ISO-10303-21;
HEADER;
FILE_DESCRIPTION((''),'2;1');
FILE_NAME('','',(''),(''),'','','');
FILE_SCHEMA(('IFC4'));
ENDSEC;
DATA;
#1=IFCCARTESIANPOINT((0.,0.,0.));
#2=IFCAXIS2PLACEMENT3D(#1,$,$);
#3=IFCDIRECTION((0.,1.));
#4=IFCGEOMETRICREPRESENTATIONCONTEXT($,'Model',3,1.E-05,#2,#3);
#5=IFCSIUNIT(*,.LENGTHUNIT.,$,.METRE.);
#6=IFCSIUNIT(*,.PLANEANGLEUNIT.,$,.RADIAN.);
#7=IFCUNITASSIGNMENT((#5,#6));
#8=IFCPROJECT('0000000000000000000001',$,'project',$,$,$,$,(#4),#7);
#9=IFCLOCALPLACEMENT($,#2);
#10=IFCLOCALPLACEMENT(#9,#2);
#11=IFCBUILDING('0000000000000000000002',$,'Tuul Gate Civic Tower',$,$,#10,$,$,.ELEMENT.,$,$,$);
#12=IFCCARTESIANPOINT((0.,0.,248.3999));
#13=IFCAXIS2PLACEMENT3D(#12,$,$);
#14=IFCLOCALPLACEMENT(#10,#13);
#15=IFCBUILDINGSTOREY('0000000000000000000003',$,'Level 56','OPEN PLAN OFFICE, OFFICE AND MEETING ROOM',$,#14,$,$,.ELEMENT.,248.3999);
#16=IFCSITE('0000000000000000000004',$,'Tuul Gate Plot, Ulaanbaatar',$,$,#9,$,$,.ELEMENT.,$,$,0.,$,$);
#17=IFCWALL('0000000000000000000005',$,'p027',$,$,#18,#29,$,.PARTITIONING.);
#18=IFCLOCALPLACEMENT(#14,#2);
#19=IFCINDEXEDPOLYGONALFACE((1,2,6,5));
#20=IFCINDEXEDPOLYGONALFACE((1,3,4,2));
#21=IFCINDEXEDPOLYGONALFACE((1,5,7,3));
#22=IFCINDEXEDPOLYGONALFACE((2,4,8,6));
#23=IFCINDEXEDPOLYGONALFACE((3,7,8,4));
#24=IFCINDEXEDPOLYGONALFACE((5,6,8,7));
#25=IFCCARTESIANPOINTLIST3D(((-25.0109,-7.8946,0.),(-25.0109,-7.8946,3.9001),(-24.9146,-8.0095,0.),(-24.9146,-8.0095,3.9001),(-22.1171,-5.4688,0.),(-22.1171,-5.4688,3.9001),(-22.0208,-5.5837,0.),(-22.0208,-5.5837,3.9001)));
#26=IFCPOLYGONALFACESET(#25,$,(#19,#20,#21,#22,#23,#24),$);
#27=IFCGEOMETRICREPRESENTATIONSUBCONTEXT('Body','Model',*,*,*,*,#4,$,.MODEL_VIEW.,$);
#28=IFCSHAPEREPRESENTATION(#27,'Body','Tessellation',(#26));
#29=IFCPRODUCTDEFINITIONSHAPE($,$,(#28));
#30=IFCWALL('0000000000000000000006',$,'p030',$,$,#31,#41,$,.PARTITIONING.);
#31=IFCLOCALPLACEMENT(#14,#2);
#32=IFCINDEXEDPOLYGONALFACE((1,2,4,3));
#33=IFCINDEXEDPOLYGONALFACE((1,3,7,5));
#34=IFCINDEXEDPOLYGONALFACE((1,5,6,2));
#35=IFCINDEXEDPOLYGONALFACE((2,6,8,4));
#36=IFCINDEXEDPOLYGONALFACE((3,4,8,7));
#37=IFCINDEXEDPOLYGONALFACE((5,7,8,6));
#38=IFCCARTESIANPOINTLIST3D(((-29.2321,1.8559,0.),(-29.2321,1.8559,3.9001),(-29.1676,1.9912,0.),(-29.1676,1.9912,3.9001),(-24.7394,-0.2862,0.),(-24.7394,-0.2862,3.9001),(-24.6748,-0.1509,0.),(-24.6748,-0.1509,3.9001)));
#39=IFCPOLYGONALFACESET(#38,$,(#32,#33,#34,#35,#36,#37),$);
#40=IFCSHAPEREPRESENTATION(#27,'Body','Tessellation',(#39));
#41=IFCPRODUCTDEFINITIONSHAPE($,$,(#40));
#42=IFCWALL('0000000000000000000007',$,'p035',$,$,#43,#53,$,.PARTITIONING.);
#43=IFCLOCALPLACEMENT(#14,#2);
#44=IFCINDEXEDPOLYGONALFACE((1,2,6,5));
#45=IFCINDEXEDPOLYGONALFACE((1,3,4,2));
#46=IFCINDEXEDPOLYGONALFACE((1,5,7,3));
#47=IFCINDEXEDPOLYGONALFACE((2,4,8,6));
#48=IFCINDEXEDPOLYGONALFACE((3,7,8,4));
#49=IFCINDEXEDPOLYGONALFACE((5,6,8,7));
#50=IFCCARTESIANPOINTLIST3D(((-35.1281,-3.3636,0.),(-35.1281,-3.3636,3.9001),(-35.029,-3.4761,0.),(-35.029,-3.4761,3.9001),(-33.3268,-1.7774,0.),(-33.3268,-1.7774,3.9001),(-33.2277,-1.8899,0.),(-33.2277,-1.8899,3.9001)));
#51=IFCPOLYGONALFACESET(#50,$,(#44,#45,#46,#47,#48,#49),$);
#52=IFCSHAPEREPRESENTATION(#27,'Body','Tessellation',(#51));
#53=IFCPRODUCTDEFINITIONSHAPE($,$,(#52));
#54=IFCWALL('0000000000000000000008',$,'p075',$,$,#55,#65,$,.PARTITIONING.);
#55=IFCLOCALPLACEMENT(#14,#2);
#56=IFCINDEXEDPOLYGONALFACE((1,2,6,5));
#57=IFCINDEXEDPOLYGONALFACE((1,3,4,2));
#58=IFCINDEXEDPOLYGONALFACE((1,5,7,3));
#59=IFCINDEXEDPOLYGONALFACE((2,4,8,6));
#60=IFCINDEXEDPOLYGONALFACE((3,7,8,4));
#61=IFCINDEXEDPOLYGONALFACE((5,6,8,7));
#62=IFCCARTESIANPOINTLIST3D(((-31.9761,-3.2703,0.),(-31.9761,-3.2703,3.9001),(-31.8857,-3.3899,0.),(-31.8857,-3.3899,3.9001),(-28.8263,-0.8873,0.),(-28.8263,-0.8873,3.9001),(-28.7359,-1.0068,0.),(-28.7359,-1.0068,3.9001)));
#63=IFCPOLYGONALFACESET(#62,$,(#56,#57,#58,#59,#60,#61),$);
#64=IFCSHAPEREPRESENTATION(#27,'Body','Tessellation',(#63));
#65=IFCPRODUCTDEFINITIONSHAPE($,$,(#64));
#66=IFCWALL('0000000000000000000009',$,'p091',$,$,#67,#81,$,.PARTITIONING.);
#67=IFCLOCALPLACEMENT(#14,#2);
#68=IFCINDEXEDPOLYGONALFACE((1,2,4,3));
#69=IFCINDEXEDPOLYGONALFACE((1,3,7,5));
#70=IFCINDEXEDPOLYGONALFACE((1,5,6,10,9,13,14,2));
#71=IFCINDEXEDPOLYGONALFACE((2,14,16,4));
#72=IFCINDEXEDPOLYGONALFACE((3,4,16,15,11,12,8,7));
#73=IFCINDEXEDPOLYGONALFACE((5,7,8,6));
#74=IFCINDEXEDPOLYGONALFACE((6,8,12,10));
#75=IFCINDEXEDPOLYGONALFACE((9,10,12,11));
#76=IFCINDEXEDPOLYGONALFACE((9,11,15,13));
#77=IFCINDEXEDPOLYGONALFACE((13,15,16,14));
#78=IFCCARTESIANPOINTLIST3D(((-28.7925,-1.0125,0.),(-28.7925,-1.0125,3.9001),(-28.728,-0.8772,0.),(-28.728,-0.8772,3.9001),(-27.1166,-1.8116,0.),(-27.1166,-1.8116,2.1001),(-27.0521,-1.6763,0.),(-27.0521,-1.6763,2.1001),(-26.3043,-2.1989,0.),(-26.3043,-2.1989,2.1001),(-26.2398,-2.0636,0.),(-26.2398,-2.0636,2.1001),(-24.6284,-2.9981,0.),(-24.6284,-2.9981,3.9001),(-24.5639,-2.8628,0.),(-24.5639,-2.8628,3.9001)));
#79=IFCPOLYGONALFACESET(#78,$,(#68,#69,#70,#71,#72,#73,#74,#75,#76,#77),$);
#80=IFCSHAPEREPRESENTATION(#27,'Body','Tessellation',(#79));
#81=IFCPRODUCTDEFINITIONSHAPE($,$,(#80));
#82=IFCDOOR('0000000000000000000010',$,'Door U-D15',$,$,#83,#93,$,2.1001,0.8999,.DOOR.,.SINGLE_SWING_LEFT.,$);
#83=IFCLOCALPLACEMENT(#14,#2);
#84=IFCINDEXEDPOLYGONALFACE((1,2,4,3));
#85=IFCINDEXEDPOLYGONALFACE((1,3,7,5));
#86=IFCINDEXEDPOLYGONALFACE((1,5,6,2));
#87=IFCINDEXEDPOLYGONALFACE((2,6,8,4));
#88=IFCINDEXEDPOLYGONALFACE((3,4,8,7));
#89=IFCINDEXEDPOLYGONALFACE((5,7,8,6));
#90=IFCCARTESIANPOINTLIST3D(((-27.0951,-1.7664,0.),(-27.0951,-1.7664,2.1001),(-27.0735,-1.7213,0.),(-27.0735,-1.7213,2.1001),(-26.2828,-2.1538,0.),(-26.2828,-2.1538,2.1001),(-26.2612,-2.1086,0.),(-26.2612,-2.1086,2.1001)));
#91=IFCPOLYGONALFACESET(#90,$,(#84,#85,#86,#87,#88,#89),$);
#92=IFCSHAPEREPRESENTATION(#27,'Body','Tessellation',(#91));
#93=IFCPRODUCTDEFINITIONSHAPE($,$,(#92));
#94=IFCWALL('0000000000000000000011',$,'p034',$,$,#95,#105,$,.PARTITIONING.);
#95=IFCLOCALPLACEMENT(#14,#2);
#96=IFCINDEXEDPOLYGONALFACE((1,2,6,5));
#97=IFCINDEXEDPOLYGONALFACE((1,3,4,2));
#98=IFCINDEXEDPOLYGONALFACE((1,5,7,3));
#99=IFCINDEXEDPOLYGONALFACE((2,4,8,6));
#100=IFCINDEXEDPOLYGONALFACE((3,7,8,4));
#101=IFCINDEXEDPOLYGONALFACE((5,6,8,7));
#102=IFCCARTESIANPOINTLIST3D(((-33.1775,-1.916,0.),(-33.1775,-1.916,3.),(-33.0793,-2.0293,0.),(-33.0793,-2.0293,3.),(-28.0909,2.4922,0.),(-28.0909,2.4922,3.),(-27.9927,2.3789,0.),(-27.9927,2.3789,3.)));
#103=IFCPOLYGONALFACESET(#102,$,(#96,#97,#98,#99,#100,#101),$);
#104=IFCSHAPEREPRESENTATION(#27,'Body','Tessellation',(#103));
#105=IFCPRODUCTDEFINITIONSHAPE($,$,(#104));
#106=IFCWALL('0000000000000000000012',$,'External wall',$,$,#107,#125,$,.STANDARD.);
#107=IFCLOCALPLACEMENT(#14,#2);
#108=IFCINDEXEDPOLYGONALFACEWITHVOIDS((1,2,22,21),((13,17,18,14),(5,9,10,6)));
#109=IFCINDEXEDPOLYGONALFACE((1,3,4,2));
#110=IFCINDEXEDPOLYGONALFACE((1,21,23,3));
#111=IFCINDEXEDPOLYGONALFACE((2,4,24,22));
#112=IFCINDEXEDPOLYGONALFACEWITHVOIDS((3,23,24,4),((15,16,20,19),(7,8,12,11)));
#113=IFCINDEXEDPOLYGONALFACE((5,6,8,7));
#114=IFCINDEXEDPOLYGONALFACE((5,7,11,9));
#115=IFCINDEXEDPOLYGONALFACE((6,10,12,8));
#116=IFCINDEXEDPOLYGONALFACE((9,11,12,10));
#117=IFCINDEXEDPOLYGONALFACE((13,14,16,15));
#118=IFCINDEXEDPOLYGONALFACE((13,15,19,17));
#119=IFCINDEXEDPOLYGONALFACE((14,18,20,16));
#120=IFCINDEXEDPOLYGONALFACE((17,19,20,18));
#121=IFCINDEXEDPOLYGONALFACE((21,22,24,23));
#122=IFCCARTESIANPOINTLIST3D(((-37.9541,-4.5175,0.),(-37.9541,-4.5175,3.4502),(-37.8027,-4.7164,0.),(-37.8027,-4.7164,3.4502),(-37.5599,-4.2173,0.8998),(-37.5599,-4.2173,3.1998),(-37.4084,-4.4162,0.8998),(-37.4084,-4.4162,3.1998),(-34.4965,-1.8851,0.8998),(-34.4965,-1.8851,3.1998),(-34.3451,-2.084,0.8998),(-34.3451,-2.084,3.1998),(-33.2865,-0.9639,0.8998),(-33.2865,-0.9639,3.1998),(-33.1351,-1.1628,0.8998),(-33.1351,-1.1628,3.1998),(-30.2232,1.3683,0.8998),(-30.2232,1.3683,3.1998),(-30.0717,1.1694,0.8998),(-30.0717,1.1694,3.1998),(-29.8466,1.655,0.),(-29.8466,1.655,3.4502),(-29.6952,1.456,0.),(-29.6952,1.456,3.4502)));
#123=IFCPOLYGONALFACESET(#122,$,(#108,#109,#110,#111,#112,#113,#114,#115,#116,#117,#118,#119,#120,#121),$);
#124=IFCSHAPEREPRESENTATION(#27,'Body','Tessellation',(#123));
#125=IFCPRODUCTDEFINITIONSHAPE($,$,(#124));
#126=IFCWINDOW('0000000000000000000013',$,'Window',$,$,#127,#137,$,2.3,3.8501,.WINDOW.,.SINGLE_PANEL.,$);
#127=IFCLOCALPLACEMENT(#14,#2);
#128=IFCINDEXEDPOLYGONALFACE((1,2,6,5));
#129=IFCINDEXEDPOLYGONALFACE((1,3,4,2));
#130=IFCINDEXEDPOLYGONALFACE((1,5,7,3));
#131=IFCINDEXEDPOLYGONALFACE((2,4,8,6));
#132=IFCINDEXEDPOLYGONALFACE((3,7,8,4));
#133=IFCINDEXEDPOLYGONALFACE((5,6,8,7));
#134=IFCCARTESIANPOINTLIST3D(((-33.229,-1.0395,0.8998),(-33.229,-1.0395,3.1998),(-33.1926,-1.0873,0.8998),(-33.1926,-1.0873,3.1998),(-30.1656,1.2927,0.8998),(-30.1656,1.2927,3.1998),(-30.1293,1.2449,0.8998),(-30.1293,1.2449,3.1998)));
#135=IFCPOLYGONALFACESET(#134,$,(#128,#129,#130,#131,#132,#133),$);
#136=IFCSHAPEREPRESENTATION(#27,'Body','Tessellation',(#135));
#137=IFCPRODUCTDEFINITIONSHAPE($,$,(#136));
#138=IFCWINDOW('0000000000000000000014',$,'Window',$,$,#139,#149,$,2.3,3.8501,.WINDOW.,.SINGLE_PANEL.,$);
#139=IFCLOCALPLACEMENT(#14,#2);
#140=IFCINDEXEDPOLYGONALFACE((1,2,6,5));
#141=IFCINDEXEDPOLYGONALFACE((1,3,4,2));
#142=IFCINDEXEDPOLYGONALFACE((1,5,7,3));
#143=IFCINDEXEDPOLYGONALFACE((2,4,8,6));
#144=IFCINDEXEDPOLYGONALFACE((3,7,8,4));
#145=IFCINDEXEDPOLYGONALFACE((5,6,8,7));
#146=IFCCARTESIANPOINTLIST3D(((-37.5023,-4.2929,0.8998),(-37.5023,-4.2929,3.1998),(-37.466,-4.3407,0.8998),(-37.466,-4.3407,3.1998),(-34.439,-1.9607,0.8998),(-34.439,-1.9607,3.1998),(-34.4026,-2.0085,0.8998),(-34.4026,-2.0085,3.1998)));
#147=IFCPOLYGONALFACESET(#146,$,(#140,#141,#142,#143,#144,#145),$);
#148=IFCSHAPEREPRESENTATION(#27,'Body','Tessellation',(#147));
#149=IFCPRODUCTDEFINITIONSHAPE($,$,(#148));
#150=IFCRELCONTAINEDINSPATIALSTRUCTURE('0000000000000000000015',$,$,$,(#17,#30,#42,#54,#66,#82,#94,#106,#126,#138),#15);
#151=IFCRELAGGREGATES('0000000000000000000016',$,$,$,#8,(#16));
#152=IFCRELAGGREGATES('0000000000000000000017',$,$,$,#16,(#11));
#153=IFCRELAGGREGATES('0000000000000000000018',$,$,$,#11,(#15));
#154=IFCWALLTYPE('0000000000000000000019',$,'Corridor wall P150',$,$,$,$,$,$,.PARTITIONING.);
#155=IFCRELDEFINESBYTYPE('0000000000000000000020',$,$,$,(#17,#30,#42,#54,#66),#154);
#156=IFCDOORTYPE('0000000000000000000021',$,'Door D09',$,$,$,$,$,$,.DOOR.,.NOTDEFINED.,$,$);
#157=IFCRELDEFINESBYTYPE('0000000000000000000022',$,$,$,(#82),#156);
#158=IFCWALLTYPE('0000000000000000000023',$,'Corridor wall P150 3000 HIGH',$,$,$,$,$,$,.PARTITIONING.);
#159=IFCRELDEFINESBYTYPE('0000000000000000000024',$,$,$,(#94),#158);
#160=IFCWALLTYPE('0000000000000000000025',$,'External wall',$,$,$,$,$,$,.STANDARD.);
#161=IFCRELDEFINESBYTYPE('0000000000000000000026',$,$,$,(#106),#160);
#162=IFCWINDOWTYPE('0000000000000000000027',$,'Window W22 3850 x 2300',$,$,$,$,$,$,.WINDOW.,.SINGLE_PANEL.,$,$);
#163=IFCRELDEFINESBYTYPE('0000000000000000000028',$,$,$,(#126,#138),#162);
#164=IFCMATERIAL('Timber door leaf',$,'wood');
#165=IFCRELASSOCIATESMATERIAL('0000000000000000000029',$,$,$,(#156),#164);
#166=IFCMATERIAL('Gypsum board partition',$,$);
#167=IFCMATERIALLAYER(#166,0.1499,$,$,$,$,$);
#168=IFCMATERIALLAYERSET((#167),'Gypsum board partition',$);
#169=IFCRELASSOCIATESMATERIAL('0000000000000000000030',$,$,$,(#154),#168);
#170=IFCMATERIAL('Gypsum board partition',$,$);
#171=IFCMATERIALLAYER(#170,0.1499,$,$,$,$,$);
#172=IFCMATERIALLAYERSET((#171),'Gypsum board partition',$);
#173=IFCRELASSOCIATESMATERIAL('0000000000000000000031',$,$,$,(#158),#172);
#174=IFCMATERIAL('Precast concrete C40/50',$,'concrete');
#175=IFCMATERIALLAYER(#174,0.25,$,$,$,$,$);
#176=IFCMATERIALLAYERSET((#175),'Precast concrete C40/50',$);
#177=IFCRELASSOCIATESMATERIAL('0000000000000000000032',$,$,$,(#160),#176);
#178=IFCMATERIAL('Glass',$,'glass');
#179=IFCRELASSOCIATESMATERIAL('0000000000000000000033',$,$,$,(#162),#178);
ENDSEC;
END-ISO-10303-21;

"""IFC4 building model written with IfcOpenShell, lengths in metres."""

from ifc_helpers import new_model, si_unit, direction, frame, frame_2d, origin, place, context, subcontext, project, spatial, rectangle, extrude, material, layer, layer_set, type_object, element, fill, save


model = new_model("IFC4")

# Units and contexts
model_context = context("Model", 3, precision=1e-05, world=origin(), true_north=direction((0.0, 1.0)))
body_context = subcontext(model_context, "Body", "Model", "MODEL_VIEW")
ifc_project = project(units=[si_unit("LENGTHUNIT", "METRE"), si_unit("PLANEANGLEUNIT", "RADIAN")], contexts=[model_context])

# Site, building, storey
site_placement = place(None, origin())
site = spatial("IfcSite", under=ifc_project, at=site_placement, Name="Tuul Gate Plot, Ulaanbaatar", CompositionType="ELEMENT", RefElevation=0.0)
building_placement = place(site_placement, origin())
building = spatial("IfcBuilding", under=site, at=building_placement, Name="Tuul Gate Civic Tower", CompositionType="ELEMENT")
storey_placement = place(building_placement, frame((0.0, 0.0, 248.3999)))
storey = spatial("IfcBuildingStorey", under=building, at=storey_placement, Name="Level 56", Description="OPEN PLAN OFFICE, OFFICE AND MEETING ROOM", CompositionType="ELEMENT", Elevation=248.3999)

# Shared definitions
ifc_material_1 = material(Name="Timber door leaf", Category="wood")
door_type_1 = type_object("IfcDoorType", Name="Door D09", OperationType="NOTDEFINED", PredefinedType="DOOR", material=ifc_material_1)

# Walls
ifc_material_2 = material(Name="Gypsum board partition")
ifc_layer_1 = layer(ifc_material_2, 0.1499)
ifc_layer_set_1 = layer_set([ifc_layer_1], Name="Gypsum board partition")
wall_type_1 = type_object("IfcWallType", Name="Corridor wall P150", PredefinedType="PARTITIONING", material=ifc_layer_set_1)
wall_1_placement = place(storey_placement, frame((-24.9629, -7.9521, 0.0), z_axis=(0.0, 0.0, 1.0), x_axis=(0.766358, 0.642414, 0.0)))
element("IfcWall", 1, at=wall_1_placement, inside=storey, type_object=wall_type_1, Name="p027", PredefinedType="PARTITIONING", context=body_context, shape_type="SweptSolid", body=[
    extrude(rectangle(XDim=3.7761, YDim=0.1499, at=frame_2d((1.8882, 0.0))), origin(), (0.0, 0.0, 1.0), 3.9001),
])
wall_2_placement = place(storey_placement, frame((-29.2, 1.9236, 0.0), z_axis=(0.0, 0.0, 1.0), x_axis=(0.902648, -0.430379, 0.0)))
element("IfcWall", 2, at=wall_2_placement, inside=storey, type_object=wall_type_1, Name="p030", PredefinedType="PARTITIONING", context=body_context, shape_type="SweptSolid", body=[
    extrude(rectangle(XDim=4.9773, YDim=0.1499, at=frame_2d((2.4888, 0.0))), origin(), (0.0, 0.0, 1.0), 3.9001),
])
wall_3_placement = place(storey_placement, frame((-35.0786, -3.4199, 0.0), z_axis=(0.0, 0.0, 1.0), x_axis=(0.750494, 0.660878, 0.0)))
element("IfcWall", 3, at=wall_3_placement, inside=storey, type_object=wall_type_1, Name="p035", PredefinedType="PARTITIONING", context=body_context, shape_type="SweptSolid", body=[
    extrude(rectangle(XDim=2.4001, YDim=0.1499, at=frame_2d((1.2002, 0.0))), origin(), (0.0, 0.0, 1.0), 3.9001),
])
wall_4_placement = place(storey_placement, frame((-31.9309, -3.3301, 0.0), z_axis=(0.0, 0.0, 1.0), x_axis=(0.797486, 0.603338, 0.0)))
element("IfcWall", 4, at=wall_4_placement, inside=storey, type_object=wall_type_1, Name="p075", PredefinedType="PARTITIONING", context=body_context, shape_type="SweptSolid", body=[
    extrude(rectangle(XDim=3.9497, YDim=0.1499, at=frame_2d((1.9749, 0.0))), origin(), (0.0, 0.0, 1.0), 3.9001),
])

# Wall, opening, door
wall_5_placement = place(storey_placement, frame((-28.7603, -0.9448, 0.0), z_axis=(0.0, 0.0, 1.0), x_axis=(0.902632, -0.430412, 0.0)))
wall_5 = element("IfcWall", 5, at=wall_5_placement, inside=storey, type_object=wall_type_1, Name="p091", PredefinedType="PARTITIONING", context=body_context, shape_type="SweptSolid", body=[
    extrude(rectangle(XDim=4.6133, YDim=0.1499, at=frame_2d((2.3066, 0.0))), origin(), (0.0, 0.0, 1.0), 3.9001),
])
opening_1_placement = place(wall_5_placement, frame((1.8567, 0.0, 0.0)))
opening_1 = element("IfcOpeningElement", 6, at=opening_1_placement, cuts=wall_5, PredefinedType="OPENING", context=body_context, shape_type="SweptSolid", body=[
    extrude(rectangle(XDim=0.8999, YDim=2.1001, at=frame_2d((0.45, 1.05))), frame((0.0, 0.085, 0.0), z_axis=(0.0, -1.0, 0.0), x_axis=(1.0, 0.0, 0.0)), (0.0, 0.0, 1.0), 0.1699),
])
door_1_placement = place(opening_1_placement, frame((0.8999, 0.0, 0.0), z_axis=(0.0, 0.0, 1.0), x_axis=(-1.0, 0.0, 0.0)))
door_1 = element("IfcDoor", 7, at=door_1_placement, inside=storey, type_object=door_type_1, Name="Door U-D15", OperationType="SINGLE_SWING_LEFT", OverallHeight=2.1001, OverallWidth=0.8999, PredefinedType="DOOR", context=body_context, shape_type="SweptSolid", body=[
    extrude(rectangle(XDim=0.8999, YDim=2.1001, at=frame_2d((0.45, 1.05))), frame((0.0, 0.0249, 0.0), z_axis=(0.0, -1.0, 0.0), x_axis=(1.0, 0.0, 0.0)), (0.0, 0.0, 1.0), 0.05),
])
fill(opening_1, door_1)

# Wall
ifc_material_3 = material(Name="Gypsum board partition")
ifc_layer_2 = layer(ifc_material_3, 0.1499)
ifc_layer_set_2 = layer_set([ifc_layer_2], Name="Gypsum board partition")
wall_type_2 = type_object("IfcWallType", Name="Corridor wall P150 3000 HIGH", PredefinedType="PARTITIONING", material=ifc_layer_set_2)
wall_6_placement = place(storey_placement, frame((-33.1284, -1.9727, 0.0), z_axis=(0.0, 0.0, 1.0), x_axis=(0.755707, 0.65491, 0.0)))
element("IfcWall", 8, at=wall_6_placement, inside=storey, type_object=wall_type_2, Name="p034", PredefinedType="PARTITIONING", context=body_context, shape_type="SweptSolid", body=[
    extrude(rectangle(XDim=6.731, YDim=0.1499, at=frame_2d((3.3655, 0.0))), origin(), (0.0, 0.0, 1.0), 3.0),
])

# Wall, openings, windows
ifc_material_4 = material(Name="Precast concrete C40/50", Category="concrete")
ifc_layer_3 = layer(ifc_material_4, 0.25)
ifc_layer_set_3 = layer_set([ifc_layer_3], Name="Precast concrete C40/50")
wall_type_3 = type_object("IfcWallType", Name="External wall", PredefinedType="STANDARD", material=ifc_layer_set_3)
wall_7_placement = place(storey_placement, frame((-29.771, 1.5554, 0.0), z_axis=(0.0, 0.0, 1.0), x_axis=(-0.795655, -0.60575, 0.0)))
wall_7 = element("IfcWall", 9, at=wall_7_placement, inside=storey, type_object=wall_type_3, Name="External wall", PredefinedType="STANDARD", context=body_context, shape_type="SweptSolid", body=[
    extrude(rectangle(XDim=10.1897, YDim=0.25, at=frame_2d((5.0947, 0.0))), origin(), (0.0, 0.0, 1.0), 3.4502),
])
opening_2_placement = place(wall_7_placement, frame((0.4731, 0.0, 0.8999)))
opening_2 = element("IfcOpeningElement", 10, at=opening_2_placement, cuts=wall_7, PredefinedType="OPENING", context=body_context, shape_type="SweptSolid", body=[
    extrude(rectangle(XDim=3.8501, YDim=2.3, at=frame_2d((1.925, 1.1499))), frame((0.0, 0.135, 0.0), z_axis=(0.0, -1.0, 0.0), x_axis=(1.0, 0.0, 0.0)), (0.0, 0.0, 1.0), 0.27),
])
opening_3_placement = place(wall_7_placement, frame((5.844, 0.0, 0.8999)))
opening_3 = element("IfcOpeningElement", 11, at=opening_3_placement, cuts=wall_7, PredefinedType="OPENING", context=body_context, shape_type="SweptSolid", body=[
    extrude(rectangle(XDim=3.8501, YDim=2.3, at=frame_2d((1.925, 1.1499))), frame((0.0, 0.135, 0.0), z_axis=(0.0, -1.0, 0.0), x_axis=(1.0, 0.0, 0.0)), (0.0, 0.0, 1.0), 0.27),
])
ifc_material_5 = material(Name="Glass", Category="glass")
window_type = type_object("IfcWindowType", Name="Window W22 3850 x 2300", PartitioningType="SINGLE_PANEL", PredefinedType="WINDOW", material=ifc_material_5)
window_1_placement = place(opening_2_placement, origin())
window_1 = element("IfcWindow", 12, at=window_1_placement, inside=storey, type_object=window_type, Name="Window", OverallHeight=2.3, OverallWidth=3.8501, PartitioningType="SINGLE_PANEL", PredefinedType="WINDOW", context=body_context, shape_type="SweptSolid", body=[
    extrude(rectangle(XDim=3.8501, YDim=2.3, at=frame_2d((1.925, 1.1499))), frame((0.0, 0.03, 0.0), z_axis=(0.0, -1.0, 0.0), x_axis=(1.0, 0.0, 0.0)), (0.0, 0.0, 1.0), 0.0601),
])
fill(opening_2, window_1)
window_2_placement = place(opening_3_placement, origin())
window_2 = element("IfcWindow", 13, at=window_2_placement, inside=storey, type_object=window_type, Name="Window", OverallHeight=2.3, OverallWidth=3.8501, PartitioningType="SINGLE_PANEL", PredefinedType="WINDOW", context=body_context, shape_type="SweptSolid", body=[
    extrude(rectangle(XDim=3.8501, YDim=2.3, at=frame_2d((1.925, 1.1499))), frame((0.0, 0.03, 0.0), z_axis=(0.0, -1.0, 0.0), x_axis=(1.0, 0.0, 0.0)), (0.0, 0.0, 1.0), 0.0601),
])
fill(opening_3, window_2)

save(model, "model.ifc")
